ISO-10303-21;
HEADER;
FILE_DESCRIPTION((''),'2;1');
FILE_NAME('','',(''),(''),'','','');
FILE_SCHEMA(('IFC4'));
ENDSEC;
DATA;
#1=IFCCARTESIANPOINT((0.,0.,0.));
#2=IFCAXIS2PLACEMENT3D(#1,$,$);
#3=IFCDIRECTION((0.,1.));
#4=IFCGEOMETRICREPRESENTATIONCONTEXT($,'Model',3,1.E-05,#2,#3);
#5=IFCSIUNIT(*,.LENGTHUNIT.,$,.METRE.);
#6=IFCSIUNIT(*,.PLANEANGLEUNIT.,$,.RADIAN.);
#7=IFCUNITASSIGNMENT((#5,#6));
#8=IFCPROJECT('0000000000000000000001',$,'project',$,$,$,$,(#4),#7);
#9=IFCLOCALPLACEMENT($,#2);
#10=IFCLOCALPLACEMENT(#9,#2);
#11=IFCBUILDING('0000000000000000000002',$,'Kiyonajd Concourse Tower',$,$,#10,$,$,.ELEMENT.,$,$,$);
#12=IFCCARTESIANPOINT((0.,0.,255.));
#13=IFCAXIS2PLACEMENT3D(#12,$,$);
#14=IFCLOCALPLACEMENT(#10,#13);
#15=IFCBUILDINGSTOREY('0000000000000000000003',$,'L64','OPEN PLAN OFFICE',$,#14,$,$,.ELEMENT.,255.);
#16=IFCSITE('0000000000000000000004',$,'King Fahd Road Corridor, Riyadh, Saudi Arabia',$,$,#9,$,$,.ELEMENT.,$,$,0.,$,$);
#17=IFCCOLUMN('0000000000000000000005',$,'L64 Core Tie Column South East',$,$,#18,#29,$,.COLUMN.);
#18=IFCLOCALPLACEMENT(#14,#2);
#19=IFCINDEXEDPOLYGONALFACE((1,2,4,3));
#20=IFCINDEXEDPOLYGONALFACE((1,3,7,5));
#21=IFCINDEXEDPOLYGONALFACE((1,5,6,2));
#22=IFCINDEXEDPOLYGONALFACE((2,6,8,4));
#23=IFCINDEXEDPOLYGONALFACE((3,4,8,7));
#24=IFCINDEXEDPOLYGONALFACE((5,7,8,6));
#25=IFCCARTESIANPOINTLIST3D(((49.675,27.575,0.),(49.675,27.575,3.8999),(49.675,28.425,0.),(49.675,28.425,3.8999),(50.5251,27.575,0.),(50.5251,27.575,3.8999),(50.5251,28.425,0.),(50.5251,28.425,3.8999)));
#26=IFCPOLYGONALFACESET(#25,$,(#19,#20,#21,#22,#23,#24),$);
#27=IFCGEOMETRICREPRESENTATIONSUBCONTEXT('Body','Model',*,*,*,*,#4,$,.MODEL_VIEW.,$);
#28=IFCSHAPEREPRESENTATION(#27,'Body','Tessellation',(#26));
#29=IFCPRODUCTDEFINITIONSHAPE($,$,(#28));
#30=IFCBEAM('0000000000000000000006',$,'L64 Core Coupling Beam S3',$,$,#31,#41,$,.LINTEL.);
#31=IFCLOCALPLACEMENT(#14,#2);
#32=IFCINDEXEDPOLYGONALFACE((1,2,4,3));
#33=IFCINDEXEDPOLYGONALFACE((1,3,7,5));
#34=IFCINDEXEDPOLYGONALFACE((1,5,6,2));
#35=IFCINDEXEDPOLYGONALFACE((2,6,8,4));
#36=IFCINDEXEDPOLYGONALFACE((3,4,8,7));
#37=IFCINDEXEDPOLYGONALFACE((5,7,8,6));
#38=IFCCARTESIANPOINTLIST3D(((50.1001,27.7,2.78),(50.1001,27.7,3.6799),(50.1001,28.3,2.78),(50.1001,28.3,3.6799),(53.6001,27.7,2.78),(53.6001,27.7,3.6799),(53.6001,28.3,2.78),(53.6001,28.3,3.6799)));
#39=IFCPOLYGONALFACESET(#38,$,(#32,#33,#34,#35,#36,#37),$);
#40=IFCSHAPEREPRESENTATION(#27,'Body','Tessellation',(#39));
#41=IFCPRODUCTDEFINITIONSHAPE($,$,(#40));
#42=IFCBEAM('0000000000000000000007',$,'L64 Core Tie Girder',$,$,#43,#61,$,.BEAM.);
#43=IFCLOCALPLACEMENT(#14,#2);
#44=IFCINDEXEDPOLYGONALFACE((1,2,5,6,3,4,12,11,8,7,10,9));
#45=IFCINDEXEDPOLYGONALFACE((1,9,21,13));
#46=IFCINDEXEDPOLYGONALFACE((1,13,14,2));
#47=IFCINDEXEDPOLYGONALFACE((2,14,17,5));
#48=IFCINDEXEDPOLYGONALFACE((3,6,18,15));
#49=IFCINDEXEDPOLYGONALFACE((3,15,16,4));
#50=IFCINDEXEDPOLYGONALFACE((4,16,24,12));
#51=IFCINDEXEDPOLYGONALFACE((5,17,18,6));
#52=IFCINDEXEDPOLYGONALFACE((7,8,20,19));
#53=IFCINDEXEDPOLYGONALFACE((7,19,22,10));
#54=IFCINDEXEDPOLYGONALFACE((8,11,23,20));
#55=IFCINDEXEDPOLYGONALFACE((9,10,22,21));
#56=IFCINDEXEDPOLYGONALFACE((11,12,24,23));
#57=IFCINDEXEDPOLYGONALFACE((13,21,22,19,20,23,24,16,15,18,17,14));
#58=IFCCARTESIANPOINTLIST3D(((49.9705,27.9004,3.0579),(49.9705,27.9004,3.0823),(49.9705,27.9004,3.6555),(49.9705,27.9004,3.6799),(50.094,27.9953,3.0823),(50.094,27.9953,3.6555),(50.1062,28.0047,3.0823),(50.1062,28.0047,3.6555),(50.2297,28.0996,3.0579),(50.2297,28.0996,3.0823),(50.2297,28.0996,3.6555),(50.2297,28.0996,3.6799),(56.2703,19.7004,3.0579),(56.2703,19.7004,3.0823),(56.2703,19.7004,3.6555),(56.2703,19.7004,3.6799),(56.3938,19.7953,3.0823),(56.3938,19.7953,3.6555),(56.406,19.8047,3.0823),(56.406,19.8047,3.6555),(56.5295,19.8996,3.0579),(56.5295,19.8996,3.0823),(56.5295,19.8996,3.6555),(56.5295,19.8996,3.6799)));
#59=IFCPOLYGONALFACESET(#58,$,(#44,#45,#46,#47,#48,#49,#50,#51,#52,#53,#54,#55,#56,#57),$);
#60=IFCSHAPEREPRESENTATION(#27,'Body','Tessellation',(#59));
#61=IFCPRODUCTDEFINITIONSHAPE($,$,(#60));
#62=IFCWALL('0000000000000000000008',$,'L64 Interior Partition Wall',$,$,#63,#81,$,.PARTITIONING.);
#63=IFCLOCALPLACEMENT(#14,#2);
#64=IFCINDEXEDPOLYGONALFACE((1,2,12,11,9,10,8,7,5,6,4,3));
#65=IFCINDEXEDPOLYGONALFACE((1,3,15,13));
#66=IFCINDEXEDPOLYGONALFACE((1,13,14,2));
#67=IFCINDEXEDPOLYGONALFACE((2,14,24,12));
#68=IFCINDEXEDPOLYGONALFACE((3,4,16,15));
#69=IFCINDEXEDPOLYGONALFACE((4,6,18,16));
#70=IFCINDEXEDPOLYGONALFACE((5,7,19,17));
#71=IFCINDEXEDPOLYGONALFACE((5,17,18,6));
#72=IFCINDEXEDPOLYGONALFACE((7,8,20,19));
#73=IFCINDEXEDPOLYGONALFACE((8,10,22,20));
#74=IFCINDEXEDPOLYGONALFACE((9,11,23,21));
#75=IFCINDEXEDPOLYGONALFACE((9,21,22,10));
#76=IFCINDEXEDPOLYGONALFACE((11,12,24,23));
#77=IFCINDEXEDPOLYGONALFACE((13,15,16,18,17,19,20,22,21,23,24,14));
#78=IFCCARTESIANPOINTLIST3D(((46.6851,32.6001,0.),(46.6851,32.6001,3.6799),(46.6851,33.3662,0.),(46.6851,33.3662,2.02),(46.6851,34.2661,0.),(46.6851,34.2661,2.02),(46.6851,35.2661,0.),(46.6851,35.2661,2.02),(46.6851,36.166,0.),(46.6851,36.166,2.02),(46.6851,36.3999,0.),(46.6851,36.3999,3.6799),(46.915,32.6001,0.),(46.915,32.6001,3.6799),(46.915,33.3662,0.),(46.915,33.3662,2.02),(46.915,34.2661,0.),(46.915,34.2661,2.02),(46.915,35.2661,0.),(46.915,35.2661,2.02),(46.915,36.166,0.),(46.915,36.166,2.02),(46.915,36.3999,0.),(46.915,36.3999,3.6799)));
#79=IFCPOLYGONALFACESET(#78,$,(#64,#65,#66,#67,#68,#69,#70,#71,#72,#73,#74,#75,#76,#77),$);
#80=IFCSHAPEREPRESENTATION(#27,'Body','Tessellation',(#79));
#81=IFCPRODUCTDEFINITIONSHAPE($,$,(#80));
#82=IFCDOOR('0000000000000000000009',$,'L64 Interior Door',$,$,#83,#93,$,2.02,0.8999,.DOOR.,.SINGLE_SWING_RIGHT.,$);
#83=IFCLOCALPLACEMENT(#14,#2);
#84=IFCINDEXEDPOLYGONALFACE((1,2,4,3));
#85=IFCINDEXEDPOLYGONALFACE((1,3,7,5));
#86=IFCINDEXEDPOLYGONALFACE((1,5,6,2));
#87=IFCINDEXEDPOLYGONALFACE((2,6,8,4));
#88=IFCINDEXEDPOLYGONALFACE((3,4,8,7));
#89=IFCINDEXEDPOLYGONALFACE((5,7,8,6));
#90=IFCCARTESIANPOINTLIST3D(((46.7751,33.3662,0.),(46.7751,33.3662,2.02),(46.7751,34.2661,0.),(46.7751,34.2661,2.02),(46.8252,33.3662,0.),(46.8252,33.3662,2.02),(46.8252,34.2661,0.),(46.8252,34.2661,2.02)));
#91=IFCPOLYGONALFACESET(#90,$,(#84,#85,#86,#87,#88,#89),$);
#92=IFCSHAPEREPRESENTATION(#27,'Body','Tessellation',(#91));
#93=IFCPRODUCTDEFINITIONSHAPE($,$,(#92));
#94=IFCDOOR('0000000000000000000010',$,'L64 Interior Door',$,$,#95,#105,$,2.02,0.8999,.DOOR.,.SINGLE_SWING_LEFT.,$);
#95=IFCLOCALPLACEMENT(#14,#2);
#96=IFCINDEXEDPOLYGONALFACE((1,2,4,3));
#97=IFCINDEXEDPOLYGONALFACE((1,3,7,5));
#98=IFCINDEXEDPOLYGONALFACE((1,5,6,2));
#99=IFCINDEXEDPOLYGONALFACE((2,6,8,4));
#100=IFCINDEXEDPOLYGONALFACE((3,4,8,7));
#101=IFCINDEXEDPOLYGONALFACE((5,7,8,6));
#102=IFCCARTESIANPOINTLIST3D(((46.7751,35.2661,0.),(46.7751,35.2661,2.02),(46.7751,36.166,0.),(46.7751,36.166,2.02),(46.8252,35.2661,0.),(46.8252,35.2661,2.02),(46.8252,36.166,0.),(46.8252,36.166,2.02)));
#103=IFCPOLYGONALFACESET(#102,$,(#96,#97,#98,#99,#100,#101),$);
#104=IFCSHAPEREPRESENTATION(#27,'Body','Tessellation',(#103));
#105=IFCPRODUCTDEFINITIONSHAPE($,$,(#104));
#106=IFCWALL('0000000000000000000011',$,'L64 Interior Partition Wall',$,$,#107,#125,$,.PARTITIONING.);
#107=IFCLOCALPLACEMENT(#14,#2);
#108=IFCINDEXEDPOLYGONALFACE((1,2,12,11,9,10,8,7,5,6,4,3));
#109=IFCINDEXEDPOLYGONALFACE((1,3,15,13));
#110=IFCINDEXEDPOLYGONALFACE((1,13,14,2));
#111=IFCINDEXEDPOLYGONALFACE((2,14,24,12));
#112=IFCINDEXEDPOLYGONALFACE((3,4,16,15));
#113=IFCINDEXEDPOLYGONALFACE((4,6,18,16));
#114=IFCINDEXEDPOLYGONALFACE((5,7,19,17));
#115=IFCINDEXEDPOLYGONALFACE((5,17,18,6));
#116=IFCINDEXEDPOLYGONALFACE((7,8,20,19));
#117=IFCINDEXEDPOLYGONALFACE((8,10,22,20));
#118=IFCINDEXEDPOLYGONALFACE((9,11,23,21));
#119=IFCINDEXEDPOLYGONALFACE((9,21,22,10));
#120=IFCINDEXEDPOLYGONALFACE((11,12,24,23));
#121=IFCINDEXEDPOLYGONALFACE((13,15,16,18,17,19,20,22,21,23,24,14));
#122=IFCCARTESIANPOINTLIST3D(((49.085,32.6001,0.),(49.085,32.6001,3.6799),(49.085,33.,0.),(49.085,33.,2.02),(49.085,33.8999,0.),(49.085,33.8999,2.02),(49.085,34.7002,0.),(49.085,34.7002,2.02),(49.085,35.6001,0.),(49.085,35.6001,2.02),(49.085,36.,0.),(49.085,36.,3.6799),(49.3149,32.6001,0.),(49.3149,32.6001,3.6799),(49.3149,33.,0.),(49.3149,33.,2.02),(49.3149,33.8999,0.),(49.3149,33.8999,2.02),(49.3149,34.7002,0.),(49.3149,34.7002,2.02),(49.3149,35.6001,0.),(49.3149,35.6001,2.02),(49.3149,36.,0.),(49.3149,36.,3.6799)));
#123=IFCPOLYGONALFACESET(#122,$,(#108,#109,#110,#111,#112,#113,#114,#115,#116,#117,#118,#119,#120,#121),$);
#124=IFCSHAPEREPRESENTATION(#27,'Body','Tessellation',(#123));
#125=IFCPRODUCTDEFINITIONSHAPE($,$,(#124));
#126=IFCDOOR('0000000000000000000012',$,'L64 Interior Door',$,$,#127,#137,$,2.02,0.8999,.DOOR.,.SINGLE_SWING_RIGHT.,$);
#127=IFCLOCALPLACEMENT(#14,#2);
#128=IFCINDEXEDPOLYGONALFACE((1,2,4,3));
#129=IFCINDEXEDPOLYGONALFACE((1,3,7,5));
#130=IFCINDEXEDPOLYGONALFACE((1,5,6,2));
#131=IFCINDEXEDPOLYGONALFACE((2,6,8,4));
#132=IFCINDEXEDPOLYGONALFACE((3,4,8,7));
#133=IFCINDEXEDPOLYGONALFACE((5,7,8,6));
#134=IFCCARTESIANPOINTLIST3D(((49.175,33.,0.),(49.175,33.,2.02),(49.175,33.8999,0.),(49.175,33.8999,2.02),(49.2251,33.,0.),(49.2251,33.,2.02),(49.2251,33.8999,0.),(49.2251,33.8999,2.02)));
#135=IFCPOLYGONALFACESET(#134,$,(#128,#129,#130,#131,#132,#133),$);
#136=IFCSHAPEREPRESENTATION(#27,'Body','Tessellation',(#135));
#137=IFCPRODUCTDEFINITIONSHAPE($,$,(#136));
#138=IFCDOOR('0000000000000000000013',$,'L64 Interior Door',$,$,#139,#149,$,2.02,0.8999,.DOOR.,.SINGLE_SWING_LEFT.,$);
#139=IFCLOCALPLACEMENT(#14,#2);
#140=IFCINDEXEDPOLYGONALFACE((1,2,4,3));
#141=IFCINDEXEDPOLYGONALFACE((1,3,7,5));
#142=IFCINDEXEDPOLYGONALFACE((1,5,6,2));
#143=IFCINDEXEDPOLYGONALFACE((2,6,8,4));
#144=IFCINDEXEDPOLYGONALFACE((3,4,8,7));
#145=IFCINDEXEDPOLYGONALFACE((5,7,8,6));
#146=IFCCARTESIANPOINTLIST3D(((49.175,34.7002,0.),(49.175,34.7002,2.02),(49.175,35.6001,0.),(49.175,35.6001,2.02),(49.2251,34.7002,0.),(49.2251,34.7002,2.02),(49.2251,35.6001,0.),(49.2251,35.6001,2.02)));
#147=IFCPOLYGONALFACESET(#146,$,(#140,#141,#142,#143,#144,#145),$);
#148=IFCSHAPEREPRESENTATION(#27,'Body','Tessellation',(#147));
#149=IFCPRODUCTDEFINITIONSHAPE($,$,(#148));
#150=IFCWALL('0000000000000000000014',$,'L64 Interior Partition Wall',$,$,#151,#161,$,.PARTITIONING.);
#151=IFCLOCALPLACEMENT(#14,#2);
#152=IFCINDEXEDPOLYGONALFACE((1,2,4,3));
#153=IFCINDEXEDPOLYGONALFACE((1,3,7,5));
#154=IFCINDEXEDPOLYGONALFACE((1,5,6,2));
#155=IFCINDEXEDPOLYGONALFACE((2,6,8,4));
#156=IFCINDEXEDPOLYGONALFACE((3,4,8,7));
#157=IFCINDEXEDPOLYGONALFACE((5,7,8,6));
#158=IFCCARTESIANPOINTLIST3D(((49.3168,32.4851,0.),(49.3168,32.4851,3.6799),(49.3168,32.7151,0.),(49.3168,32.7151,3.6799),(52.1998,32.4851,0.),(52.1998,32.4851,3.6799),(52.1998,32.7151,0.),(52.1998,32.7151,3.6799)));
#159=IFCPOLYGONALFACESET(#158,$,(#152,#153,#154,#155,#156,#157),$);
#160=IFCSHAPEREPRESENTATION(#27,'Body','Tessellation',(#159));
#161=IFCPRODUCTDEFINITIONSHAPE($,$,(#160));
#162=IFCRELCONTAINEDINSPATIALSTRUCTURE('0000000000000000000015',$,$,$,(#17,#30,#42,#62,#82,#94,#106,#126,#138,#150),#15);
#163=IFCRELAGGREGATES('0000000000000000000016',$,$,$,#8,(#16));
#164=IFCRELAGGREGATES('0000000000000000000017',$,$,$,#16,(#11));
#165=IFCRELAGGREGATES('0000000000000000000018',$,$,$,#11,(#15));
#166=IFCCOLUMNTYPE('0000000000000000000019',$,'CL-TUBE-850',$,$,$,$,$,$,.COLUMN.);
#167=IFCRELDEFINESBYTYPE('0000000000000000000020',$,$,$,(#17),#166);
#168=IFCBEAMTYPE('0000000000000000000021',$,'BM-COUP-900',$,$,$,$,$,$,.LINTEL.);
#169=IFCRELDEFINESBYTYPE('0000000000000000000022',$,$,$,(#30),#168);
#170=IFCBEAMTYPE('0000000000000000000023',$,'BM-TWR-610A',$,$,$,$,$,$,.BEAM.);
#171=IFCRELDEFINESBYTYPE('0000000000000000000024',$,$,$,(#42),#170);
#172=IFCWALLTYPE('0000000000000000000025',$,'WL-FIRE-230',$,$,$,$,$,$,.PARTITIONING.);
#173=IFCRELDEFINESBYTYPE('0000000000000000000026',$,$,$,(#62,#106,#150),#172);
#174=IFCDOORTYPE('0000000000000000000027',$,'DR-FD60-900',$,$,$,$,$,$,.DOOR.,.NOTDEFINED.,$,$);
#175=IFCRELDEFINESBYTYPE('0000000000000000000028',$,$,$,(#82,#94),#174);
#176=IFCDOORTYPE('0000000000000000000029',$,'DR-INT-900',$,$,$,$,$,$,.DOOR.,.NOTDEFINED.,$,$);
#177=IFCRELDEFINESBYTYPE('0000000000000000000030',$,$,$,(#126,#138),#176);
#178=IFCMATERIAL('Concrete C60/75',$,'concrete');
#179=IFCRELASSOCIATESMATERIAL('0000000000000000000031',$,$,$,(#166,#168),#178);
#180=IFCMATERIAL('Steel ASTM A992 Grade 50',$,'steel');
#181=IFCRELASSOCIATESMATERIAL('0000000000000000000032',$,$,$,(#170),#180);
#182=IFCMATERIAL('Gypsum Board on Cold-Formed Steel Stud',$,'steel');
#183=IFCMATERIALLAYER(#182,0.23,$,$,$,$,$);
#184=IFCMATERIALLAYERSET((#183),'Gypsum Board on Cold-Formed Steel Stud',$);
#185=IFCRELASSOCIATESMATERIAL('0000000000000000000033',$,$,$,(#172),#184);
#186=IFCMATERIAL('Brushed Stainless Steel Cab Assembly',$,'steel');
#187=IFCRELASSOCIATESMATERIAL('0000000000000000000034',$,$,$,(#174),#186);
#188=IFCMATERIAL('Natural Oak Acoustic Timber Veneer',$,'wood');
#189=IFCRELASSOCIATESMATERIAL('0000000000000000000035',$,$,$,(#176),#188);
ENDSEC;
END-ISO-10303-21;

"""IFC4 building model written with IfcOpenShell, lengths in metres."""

from ifc_helpers import new_model, si_unit, direction, frame, frame_2d, origin, origin_2d, place, context, subcontext, project, spatial, rectangle, i_section, extrude, material, layer, layer_set, material_profile, profile_set, type_object, element, fill, save


model = new_model("IFC4")

# Units and contexts
model_context = context("Model", 3, precision=1e-05, world=origin(), true_north=direction((0.0, 1.0)))
body_context = subcontext(model_context, "Body", "Model", "MODEL_VIEW")
ifc_project = project(units=[si_unit("LENGTHUNIT", "METRE"), si_unit("PLANEANGLEUNIT", "RADIAN")], contexts=[model_context])

# Site, building, storey
site_placement = place(None, origin())
site = spatial("IfcSite", under=ifc_project, at=site_placement, Name="King Fahd Road Corridor, Riyadh, Saudi Arabia", CompositionType="ELEMENT", RefElevation=0.0)
building_placement = place(site_placement, origin())
building = spatial("IfcBuilding", under=site, at=building_placement, Name="Kiyonajd Concourse Tower", CompositionType="ELEMENT")
storey_placement = place(building_placement, frame((0.0, 0.0, 255.0)))
storey = spatial("IfcBuildingStorey", under=building, at=storey_placement, Name="L64", Description="OPEN PLAN OFFICE", CompositionType="ELEMENT", Elevation=255.0)

# Column
ifc_material_1 = material(Name="Concrete C60/75", Category="concrete")
ifc_material_profile_1 = material_profile(ifc_material_1, rectangle(XDim=0.8501, YDim=0.8501, at=origin_2d()), Name="RC-850x850")
ifc_profile_set_1 = profile_set([ifc_material_profile_1], Name="Concrete C60/75")
column_type = type_object("IfcColumnType", Name="CL-TUBE-850", PredefinedType="COLUMN", material=ifc_profile_set_1)
column_placement = place(storey_placement, frame((50.1001, 28.0, 0.0), z_axis=(0.0, 0.0, 1.0), x_axis=(1.0, 0.0, 0.0)))
element("IfcColumn", 1, at=column_placement, inside=storey, type_object=column_type, Name="L64 Core Tie Column South East", PredefinedType="COLUMN", context=body_context, shape_type="SweptSolid", body=[
    extrude(rectangle(XDim=0.8501, YDim=0.8501, at=origin_2d()), origin(), (0.0, 0.0, 1.0), 3.8999),
])

# Beams
ifc_material_profile_2 = material_profile(ifc_material_1, rectangle(XDim=0.6001, YDim=0.8999, at=origin_2d()), Name="RCBM-600x900")
ifc_profile_set_2 = profile_set([ifc_material_profile_2], Name="Concrete C60/75")
beam_type_1 = type_object("IfcBeamType", Name="BM-COUP-900", PredefinedType="LINTEL", material=ifc_profile_set_2)
beam_1_placement = place(storey_placement, frame((50.1001, 28.0, 3.23), z_axis=(1.0, 0.0, 0.0), x_axis=(0.0, 1.0, 0.0)))
element("IfcBeam", 2, at=beam_1_placement, inside=storey, type_object=beam_type_1, Name="L64 Core Coupling Beam S3", PredefinedType="LINTEL", context=body_context, shape_type="SweptSolid", body=[
    extrude(rectangle(XDim=0.6001, YDim=0.8999, at=origin_2d()), origin(), (0.0, 0.0, 1.0), 3.5),
])
ifc_material_2 = material(Name="Steel ASTM A992 Grade 50", Category="steel")
ifc_material_profile_3 = material_profile(ifc_material_2, i_section(OverallWidth=0.3269, OverallDepth=0.6221, WebThickness=0.0154, FlangeThickness=0.0244, at=origin_2d()), Name="W610X195")
ifc_profile_set_3 = profile_set([ifc_material_profile_3], Name="Steel ASTM A992 Grade 50")
beam_type_2 = type_object("IfcBeamType", Name="BM-TWR-610A", PredefinedType="BEAM", material=ifc_profile_set_3)
beam_2_placement = place(storey_placement, frame((50.1001, 28.0, 3.3689), z_axis=(0.609234, -0.792991, 0.0), x_axis=(0.792991, 0.609234, 0.0)))
element("IfcBeam", 3, at=beam_2_placement, inside=storey, type_object=beam_type_2, Name="L64 Core Tie Girder", PredefinedType="BEAM", context=body_context, shape_type="SweptSolid", body=[
    extrude(i_section(OverallWidth=0.3269, OverallDepth=0.6221, WebThickness=0.0154, FlangeThickness=0.0244, at=origin_2d()), origin(), (0.0, 0.0, 1.0), 10.3406),
])

# Walls, openings, doors
ifc_material_3 = material(Name="Gypsum Board on Cold-Formed Steel Stud", Category="steel")
ifc_layer = layer(ifc_material_3, 0.23)
ifc_layer_set = layer_set([ifc_layer], Name="Gypsum Board on Cold-Formed Steel Stud")
wall_type = type_object("IfcWallType", Name="WL-FIRE-230", PredefinedType="PARTITIONING", material=ifc_layer_set)
wall_1_placement = place(storey_placement, frame((46.8, 32.6001, 0.0), z_axis=(0.0, 0.0, 1.0), x_axis=(0.0, 1.0, 0.0)))
wall_1 = element("IfcWall", 4, at=wall_1_placement, inside=storey, type_object=wall_type, Name="L64 Interior Partition Wall", PredefinedType="PARTITIONING", context=body_context, shape_type="SweptSolid", body=[
    extrude(rectangle(XDim=3.7998, YDim=0.23, at=frame_2d((1.8999, 0.0))), origin(), (0.0, 0.0, 1.0), 3.6799),
])
opening_1_placement = place(wall_1_placement, frame((0.7661, 0.0, 0.0)))
opening_1 = element("IfcOpeningElement", 5, at=opening_1_placement, cuts=wall_1, PredefinedType="OPENING", context=body_context, shape_type="SweptSolid", body=[
    extrude(rectangle(XDim=0.8999, YDim=2.02, at=frame_2d((0.45, 1.01))), frame((0.0, 0.125, 0.0), z_axis=(0.0, -1.0, 0.0), x_axis=(1.0, 0.0, 0.0)), (0.0, 0.0, 1.0), 0.25),
])
opening_2_placement = place(wall_1_placement, frame((2.666, 0.0, 0.0)))
opening_2 = element("IfcOpeningElement", 6, at=opening_2_placement, cuts=wall_1, PredefinedType="OPENING", context=body_context, shape_type="SweptSolid", body=[
    extrude(rectangle(XDim=0.8999, YDim=2.02, at=frame_2d((0.45, 1.01))), frame((0.0, 0.125, 0.0), z_axis=(0.0, -1.0, 0.0), x_axis=(1.0, 0.0, 0.0)), (0.0, 0.0, 1.0), 0.25),
])
ifc_material_4 = material(Name="Brushed Stainless Steel Cab Assembly", Category="steel")
door_type_1 = type_object("IfcDoorType", Name="DR-FD60-900", OperationType="NOTDEFINED", PredefinedType="DOOR", material=ifc_material_4)
door_1_placement = place(opening_1_placement, origin())
door_1 = element("IfcDoor", 7, at=door_1_placement, inside=storey, type_object=door_type_1, Name="L64 Interior Door", OperationType="SINGLE_SWING_RIGHT", OverallHeight=2.02, OverallWidth=0.8999, PredefinedType="DOOR", context=body_context, shape_type="SweptSolid", body=[
    extrude(rectangle(XDim=0.8999, YDim=2.02, at=frame_2d((0.45, 1.01))), frame((0.0, 0.0249, 0.0), z_axis=(0.0, -1.0, 0.0), x_axis=(1.0, 0.0, 0.0)), (0.0, 0.0, 1.0), 0.05),
])
fill(opening_1, door_1)
door_2_placement = place(opening_2_placement, origin())
door_2 = element("IfcDoor", 8, at=door_2_placement, inside=storey, type_object=door_type_1, Name="L64 Interior Door", OperationType="SINGLE_SWING_LEFT", OverallHeight=2.02, OverallWidth=0.8999, PredefinedType="DOOR", context=body_context, shape_type="SweptSolid", body=[
    extrude(rectangle(XDim=0.8999, YDim=2.02, at=frame_2d((0.45, 1.01))), frame((0.0, 0.0249, 0.0), z_axis=(0.0, -1.0, 0.0), x_axis=(1.0, 0.0, 0.0)), (0.0, 0.0, 1.0), 0.05),
])
fill(opening_2, door_2)
wall_2_placement = place(storey_placement, frame((49.2, 32.6001, 0.0), z_axis=(0.0, 0.0, 1.0), x_axis=(0.0, 1.0, 0.0)))
wall_2 = element("IfcWall", 9, at=wall_2_placement, inside=storey, type_object=wall_type, Name="L64 Interior Partition Wall", PredefinedType="PARTITIONING", context=body_context, shape_type="SweptSolid", body=[
    extrude(rectangle(XDim=3.3999, YDim=0.23, at=frame_2d((1.7, 0.0))), origin(), (0.0, 0.0, 1.0), 3.6799),
])
opening_3_placement = place(wall_2_placement, frame((0.3999, 0.0, 0.0)))
opening_3 = element("IfcOpeningElement", 10, at=opening_3_placement, cuts=wall_2, PredefinedType="OPENING", context=body_context, shape_type="SweptSolid", body=[
    extrude(rectangle(XDim=0.8999, YDim=2.02, at=frame_2d((0.45, 1.01))), frame((0.0, 0.125, 0.0), z_axis=(0.0, -1.0, 0.0), x_axis=(1.0, 0.0, 0.0)), (0.0, 0.0, 1.0), 0.25),
])
opening_4_placement = place(wall_2_placement, frame((2.1001, 0.0, 0.0)))
opening_4 = element("IfcOpeningElement", 11, at=opening_4_placement, cuts=wall_2, PredefinedType="OPENING", context=body_context, shape_type="SweptSolid", body=[
    extrude(rectangle(XDim=0.8999, YDim=2.02, at=frame_2d((0.45, 1.01))), frame((0.0, 0.125, 0.0), z_axis=(0.0, -1.0, 0.0), x_axis=(1.0, 0.0, 0.0)), (0.0, 0.0, 1.0), 0.25),
])
ifc_material_5 = material(Name="Natural Oak Acoustic Timber Veneer", Category="wood")
door_type_2 = type_object("IfcDoorType", Name="DR-INT-900", OperationType="NOTDEFINED", PredefinedType="DOOR", material=ifc_material_5)
door_3_placement = place(opening_3_placement, origin())
door_3 = element("IfcDoor", 12, at=door_3_placement, inside=storey, type_object=door_type_2, Name="L64 Interior Door", OperationType="SINGLE_SWING_RIGHT", OverallHeight=2.02, OverallWidth=0.8999, PredefinedType="DOOR", context=body_context, shape_type="SweptSolid", body=[
    extrude(rectangle(XDim=0.8999, YDim=2.02, at=frame_2d((0.45, 1.01))), frame((0.0, 0.0249, 0.0), z_axis=(0.0, -1.0, 0.0), x_axis=(1.0, 0.0, 0.0)), (0.0, 0.0, 1.0), 0.05),
])
fill(opening_3, door_3)
door_4_placement = place(opening_4_placement, origin())
door_4 = element("IfcDoor", 13, at=door_4_placement, inside=storey, type_object=door_type_2, Name="L64 Interior Door", OperationType="SINGLE_SWING_LEFT", OverallHeight=2.02, OverallWidth=0.8999, PredefinedType="DOOR", context=body_context, shape_type="SweptSolid", body=[
    extrude(rectangle(XDim=0.8999, YDim=2.02, at=frame_2d((0.45, 1.01))), frame((0.0, 0.0249, 0.0), z_axis=(0.0, -1.0, 0.0), x_axis=(1.0, 0.0, 0.0)), (0.0, 0.0, 1.0), 0.05),
])
fill(opening_4, door_4)

# Wall
for number, where, z_axis, x_axis, name in (
    (14, (49.3169, 32.6001, 0.0), (0.0, 0.0, 1.0), (1.0, 0.0, 0.0), "L64 Interior Partition Wall"),
):
    element("IfcWall", number, at=place(storey_placement, frame(where, z_axis=z_axis, x_axis=x_axis)), inside=storey, type_object=wall_type, Name=name, PredefinedType="PARTITIONING", context=body_context, shape_type="SweptSolid", body=[
        extrude(rectangle(XDim=2.8831, YDim=0.23, at=frame_2d((1.4414, 0.0))), origin(), (0.0, 0.0, 1.0), 3.6799),
    ])

save(model, "model.ifc")
